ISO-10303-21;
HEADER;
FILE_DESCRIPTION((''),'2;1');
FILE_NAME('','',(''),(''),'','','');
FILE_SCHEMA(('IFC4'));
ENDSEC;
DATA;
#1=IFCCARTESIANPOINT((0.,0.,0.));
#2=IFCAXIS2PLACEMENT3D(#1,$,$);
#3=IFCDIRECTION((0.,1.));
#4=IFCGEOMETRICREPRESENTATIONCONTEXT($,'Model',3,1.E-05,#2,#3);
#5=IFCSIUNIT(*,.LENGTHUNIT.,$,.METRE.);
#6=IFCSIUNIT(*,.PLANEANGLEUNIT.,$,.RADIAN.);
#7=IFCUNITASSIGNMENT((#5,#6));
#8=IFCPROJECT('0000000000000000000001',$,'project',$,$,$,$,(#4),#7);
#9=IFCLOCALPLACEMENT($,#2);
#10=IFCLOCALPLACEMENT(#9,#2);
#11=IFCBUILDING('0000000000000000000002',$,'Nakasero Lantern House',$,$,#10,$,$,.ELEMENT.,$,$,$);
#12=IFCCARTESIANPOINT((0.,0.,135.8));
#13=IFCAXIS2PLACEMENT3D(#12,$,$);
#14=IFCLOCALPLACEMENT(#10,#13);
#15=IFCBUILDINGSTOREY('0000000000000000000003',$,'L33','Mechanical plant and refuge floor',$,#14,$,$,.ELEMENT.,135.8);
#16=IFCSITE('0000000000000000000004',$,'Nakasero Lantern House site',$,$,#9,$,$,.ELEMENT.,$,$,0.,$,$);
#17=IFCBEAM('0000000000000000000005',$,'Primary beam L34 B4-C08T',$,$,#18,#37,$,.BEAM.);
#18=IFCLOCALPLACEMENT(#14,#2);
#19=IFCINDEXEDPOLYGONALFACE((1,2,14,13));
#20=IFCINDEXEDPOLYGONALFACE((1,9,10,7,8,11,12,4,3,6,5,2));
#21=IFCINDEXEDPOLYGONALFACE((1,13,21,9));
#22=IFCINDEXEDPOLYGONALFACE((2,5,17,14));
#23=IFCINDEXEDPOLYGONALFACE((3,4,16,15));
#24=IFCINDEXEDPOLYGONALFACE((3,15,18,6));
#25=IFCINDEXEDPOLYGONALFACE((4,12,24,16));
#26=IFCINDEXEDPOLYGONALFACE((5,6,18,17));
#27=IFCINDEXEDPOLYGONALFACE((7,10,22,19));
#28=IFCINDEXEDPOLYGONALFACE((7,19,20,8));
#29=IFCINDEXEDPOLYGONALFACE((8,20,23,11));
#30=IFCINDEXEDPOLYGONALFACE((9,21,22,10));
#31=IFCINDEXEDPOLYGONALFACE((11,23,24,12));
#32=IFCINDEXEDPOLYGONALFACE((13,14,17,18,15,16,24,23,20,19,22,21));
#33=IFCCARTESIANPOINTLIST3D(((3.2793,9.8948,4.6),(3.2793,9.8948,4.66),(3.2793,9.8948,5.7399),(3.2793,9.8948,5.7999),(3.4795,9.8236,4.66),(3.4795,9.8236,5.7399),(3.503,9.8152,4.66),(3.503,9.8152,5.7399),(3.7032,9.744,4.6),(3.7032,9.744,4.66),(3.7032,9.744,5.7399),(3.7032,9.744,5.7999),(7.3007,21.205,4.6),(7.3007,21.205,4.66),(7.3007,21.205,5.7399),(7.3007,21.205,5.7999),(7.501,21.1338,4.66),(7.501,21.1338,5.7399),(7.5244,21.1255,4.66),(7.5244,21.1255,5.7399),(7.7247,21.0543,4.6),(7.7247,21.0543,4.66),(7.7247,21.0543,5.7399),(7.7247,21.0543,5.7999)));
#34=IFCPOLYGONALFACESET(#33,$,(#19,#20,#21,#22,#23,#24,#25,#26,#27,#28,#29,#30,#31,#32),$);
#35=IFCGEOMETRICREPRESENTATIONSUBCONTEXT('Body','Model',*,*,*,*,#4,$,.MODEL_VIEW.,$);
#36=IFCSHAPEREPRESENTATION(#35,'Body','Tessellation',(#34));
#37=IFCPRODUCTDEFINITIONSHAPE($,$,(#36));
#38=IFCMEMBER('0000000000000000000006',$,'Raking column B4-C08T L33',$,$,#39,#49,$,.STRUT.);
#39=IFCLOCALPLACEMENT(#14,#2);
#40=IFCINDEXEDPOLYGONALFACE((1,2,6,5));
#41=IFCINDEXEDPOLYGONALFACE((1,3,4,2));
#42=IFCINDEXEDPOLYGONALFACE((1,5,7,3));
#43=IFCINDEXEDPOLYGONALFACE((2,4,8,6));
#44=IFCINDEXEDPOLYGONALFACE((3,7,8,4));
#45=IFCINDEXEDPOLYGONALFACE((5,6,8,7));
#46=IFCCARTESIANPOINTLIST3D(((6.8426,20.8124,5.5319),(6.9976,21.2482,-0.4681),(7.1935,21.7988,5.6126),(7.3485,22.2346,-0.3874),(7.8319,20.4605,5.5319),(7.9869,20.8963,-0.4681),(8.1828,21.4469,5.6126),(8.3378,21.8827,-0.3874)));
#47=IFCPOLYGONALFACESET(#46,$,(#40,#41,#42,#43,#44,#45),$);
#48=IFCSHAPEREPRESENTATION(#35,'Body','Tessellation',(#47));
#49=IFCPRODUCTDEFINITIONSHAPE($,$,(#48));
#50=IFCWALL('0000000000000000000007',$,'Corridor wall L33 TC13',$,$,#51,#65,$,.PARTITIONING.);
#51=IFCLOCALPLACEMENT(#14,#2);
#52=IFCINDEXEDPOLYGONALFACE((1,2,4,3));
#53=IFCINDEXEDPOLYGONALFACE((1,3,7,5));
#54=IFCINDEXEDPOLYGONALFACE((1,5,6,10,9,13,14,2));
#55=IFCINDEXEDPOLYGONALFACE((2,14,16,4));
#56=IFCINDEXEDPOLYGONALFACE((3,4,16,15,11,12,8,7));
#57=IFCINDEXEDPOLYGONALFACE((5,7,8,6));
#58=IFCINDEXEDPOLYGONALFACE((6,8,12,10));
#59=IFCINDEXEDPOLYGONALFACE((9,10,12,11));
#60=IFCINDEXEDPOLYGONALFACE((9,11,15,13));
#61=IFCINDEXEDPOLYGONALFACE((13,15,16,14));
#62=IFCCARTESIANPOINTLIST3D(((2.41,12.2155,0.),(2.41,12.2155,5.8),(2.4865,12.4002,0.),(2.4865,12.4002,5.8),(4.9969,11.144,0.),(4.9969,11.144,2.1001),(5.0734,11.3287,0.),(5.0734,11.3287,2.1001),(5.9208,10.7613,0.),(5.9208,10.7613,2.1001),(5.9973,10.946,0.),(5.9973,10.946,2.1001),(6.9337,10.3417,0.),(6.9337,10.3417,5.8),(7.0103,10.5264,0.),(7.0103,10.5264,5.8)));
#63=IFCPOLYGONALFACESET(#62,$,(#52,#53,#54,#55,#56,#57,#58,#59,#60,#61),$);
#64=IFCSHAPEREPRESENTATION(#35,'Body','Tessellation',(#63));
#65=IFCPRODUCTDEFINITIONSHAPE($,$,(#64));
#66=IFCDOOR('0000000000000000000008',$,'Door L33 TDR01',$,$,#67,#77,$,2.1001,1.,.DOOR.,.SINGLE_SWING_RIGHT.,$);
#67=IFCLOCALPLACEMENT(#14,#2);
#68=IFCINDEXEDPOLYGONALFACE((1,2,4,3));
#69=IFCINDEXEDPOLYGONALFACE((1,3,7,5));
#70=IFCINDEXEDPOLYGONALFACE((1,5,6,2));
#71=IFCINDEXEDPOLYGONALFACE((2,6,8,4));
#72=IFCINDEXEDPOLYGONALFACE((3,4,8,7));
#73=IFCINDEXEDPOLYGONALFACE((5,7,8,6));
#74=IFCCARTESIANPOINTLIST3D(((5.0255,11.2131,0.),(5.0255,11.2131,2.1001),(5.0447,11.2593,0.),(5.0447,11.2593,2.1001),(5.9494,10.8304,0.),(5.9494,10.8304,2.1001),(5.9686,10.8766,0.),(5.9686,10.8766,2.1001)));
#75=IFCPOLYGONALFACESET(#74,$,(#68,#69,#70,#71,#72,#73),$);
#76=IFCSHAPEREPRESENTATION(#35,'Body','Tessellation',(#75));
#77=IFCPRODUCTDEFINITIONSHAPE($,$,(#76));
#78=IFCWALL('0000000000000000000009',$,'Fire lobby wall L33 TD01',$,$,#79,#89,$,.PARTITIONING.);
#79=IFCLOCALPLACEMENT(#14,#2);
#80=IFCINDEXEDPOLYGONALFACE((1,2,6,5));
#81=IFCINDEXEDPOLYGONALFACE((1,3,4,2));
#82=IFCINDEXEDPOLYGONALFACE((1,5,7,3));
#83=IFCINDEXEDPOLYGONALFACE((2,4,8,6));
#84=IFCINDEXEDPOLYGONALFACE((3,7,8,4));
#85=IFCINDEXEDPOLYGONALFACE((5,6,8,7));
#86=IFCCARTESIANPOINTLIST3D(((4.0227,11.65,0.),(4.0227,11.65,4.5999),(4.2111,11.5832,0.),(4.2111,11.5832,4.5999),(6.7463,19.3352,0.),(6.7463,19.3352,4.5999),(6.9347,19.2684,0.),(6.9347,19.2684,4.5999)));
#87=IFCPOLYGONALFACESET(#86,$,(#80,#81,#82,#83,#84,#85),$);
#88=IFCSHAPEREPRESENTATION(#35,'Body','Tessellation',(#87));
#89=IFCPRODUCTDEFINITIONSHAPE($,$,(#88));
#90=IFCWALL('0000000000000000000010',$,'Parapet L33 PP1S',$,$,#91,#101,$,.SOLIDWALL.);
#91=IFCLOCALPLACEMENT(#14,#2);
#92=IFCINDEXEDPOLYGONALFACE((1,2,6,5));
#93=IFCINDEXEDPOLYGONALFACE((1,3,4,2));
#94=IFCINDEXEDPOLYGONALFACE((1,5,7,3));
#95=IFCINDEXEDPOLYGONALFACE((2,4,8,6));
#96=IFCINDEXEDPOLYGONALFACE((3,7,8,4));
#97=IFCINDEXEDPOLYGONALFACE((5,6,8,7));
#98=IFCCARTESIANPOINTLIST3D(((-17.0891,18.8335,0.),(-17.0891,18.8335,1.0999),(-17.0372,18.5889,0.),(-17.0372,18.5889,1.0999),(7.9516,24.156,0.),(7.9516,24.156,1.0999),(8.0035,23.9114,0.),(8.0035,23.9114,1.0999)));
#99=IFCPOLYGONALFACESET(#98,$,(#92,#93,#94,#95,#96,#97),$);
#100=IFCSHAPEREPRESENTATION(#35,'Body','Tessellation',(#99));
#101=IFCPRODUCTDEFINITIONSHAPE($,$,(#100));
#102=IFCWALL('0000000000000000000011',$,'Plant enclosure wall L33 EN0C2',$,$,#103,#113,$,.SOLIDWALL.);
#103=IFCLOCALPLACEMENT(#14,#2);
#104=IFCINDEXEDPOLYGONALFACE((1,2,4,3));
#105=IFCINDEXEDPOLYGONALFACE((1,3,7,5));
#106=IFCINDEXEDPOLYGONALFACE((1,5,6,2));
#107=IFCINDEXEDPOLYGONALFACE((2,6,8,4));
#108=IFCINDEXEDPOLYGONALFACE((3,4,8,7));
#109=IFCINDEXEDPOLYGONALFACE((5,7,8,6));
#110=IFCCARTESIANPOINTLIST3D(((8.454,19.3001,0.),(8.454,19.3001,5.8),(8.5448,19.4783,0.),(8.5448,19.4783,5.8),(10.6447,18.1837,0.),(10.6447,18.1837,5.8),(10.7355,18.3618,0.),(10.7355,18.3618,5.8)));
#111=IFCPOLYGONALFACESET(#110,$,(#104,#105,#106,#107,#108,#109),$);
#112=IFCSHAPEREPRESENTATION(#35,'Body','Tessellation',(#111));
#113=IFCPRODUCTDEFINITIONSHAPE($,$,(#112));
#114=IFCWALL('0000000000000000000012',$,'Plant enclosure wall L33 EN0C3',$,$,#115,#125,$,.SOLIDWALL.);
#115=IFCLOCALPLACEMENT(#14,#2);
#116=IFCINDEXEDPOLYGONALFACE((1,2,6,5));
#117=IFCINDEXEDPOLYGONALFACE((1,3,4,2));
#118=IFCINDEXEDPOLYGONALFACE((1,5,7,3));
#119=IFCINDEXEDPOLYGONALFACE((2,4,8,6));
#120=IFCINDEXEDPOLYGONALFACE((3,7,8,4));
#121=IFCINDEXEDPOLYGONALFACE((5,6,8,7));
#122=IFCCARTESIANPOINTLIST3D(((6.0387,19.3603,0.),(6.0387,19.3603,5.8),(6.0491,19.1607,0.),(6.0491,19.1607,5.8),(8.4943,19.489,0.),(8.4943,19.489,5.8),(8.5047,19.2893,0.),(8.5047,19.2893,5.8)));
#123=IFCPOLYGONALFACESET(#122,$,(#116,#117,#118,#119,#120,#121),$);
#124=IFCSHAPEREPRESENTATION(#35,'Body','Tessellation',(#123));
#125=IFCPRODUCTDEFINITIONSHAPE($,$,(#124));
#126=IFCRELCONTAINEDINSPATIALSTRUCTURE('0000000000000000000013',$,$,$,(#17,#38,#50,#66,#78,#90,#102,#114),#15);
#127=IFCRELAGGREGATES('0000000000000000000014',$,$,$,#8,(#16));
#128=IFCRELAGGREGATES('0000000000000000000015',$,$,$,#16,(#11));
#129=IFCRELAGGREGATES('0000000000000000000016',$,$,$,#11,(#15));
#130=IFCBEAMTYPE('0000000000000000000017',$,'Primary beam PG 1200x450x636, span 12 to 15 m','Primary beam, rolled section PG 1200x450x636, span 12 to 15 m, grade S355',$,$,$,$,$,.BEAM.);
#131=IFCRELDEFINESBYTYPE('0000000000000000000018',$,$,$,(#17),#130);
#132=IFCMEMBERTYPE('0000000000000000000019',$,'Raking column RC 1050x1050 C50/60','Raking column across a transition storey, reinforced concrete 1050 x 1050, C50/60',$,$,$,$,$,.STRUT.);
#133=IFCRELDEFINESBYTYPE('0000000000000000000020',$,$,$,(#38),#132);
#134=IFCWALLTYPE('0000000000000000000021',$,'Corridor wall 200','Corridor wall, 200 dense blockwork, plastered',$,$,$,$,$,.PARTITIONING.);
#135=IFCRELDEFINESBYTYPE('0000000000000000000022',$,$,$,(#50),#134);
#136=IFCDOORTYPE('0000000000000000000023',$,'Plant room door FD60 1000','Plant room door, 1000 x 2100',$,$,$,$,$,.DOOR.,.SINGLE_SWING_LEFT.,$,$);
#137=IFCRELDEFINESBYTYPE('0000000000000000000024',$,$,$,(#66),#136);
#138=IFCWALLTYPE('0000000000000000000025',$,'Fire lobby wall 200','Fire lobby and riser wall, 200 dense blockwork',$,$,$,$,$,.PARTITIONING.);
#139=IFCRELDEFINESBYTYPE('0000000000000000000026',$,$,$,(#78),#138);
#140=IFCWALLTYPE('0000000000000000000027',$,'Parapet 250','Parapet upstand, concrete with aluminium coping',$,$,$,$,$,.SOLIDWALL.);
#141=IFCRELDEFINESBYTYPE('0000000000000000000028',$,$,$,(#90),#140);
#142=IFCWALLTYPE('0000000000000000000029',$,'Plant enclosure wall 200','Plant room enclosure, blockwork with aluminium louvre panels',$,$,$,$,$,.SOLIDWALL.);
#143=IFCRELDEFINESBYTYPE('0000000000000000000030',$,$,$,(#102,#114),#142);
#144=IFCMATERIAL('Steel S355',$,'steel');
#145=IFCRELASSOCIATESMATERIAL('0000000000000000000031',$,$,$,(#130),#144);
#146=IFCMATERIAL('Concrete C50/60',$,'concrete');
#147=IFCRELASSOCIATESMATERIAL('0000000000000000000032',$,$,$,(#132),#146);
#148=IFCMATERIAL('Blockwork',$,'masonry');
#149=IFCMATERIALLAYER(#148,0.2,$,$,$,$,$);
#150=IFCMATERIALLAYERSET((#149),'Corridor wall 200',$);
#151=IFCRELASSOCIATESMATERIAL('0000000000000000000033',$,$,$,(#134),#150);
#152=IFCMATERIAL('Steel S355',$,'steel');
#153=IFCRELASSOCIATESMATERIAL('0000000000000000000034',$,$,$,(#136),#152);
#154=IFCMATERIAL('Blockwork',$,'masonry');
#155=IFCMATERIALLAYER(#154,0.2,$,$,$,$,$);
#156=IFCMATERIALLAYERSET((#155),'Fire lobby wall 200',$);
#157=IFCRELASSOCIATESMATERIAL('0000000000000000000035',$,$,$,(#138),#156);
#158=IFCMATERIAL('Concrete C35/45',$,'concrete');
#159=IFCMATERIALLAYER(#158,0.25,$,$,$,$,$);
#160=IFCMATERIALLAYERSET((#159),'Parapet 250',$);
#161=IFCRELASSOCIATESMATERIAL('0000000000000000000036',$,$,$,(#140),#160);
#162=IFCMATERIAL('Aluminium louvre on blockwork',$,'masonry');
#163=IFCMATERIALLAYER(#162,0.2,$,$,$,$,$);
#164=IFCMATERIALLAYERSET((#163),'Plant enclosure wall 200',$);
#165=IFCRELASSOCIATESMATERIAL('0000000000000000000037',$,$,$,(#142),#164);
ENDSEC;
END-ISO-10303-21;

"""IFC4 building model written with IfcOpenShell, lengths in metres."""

from ifc_helpers import new_model, si_unit, direction, frame, frame_2d, origin, origin_2d, place, context, subcontext, project, spatial, rectangle, i_section, extrude, material, layer, layer_set, material_profile, profile_set, type_object, element, fill, save


model = new_model("IFC4")

# Units and contexts
model_context = context("Model", 3, precision=1e-05, world=origin(), true_north=direction((0.0, 1.0)))
body_context = subcontext(model_context, "Body", "Model", "MODEL_VIEW")
ifc_project = project(units=[si_unit("LENGTHUNIT", "METRE"), si_unit("PLANEANGLEUNIT", "RADIAN")], contexts=[model_context])

# Site, building, storey
site_placement = place(None, origin())
site = spatial("IfcSite", under=ifc_project, at=site_placement, Name="Nakasero Lantern House site", CompositionType="ELEMENT", RefElevation=0.0)
building_placement = place(site_placement, origin())
building = spatial("IfcBuilding", under=site, at=building_placement, Name="Nakasero Lantern House", CompositionType="ELEMENT")
storey_placement = place(building_placement, frame((0.0, 0.0, 135.8)))
storey = spatial("IfcBuildingStorey", under=building, at=storey_placement, Name="L33", Description="Mechanical plant and refuge floor", CompositionType="ELEMENT", Elevation=135.8)

# Beam
ifc_material_1 = material(Name="Steel S355", Category="steel")
ifc_material_profile_1 = material_profile(ifc_material_1, i_section(OverallWidth=0.45, OverallDepth=1.2, WebThickness=0.0249, FlangeThickness=0.0601, at=origin_2d()), Name="PG 1200x450x636")
ifc_profile_set_1 = profile_set([ifc_material_profile_1], Name="Steel S355")
beam_type_1 = type_object("IfcBeamType", Name="Primary beam PG 1200x450x636, span 12 to 15 m", Description="Primary beam, rolled section PG 1200x450x636, span 12 to 15 m, grade S355", PredefinedType="BEAM", material=ifc_profile_set_1)
beam_1_placement = place(storey_placement, frame((7.5127, 21.1296, 5.2), z_axis=(-0.335013, -0.942214, 0.0), x_axis=(0.942214, -0.335013, 0.0)))
element("IfcBeam", 1, at=beam_1_placement, inside=storey, type_object=beam_type_1, Name="Primary beam L34 B4-C08T", PredefinedType="BEAM", context=body_context, shape_type="SweptSolid", body=[
    extrude(i_section(OverallWidth=0.45, OverallDepth=1.2, WebThickness=0.0249, FlangeThickness=0.0601, at=origin_2d()), origin(), (0.0, 0.0, 1.0), 12.0039),
])

# Member
ifc_material_2 = material(Name="Concrete C50/60", Category="concrete")
ifc_material_profile_2 = material_profile(ifc_material_2, rectangle(XDim=1.05, YDim=1.05, at=origin_2d()), Name="RC 1050x1050")
ifc_profile_set_2 = profile_set([ifc_material_profile_2], Name="Concrete C50/60")
member_type_1 = type_object("IfcMemberType", Name="Raking column RC 1050x1050 C50/60", Description="Raking column across a transition storey, reinforced concrete 1050 x 1050, C50/60", PredefinedType="STRUT", material=ifc_profile_set_2)
member_1_placement = place(storey_placement, frame((7.6677, 21.5654, -0.4277), z_axis=(-0.025762, -0.072417, 0.997042), x_axis=(0.942159, -0.335166, 0.0)))
element("IfcMember", 2, at=member_1_placement, inside=storey, type_object=member_type_1, Name="Raking column B4-C08T L33", PredefinedType="STRUT", context=body_context, shape_type="SweptSolid", body=[
    extrude(rectangle(XDim=1.05, YDim=1.05, at=origin_2d()), origin(), (0.0, 0.0, 1.0), 6.0178),
])

# Wall, opening, door
ifc_material_3 = material(Name="Blockwork", Category="masonry")
ifc_layer_1 = layer(ifc_material_3, 0.2)
ifc_layer_set_1 = layer_set([ifc_layer_1], Name="Corridor wall 200")
wall_type_1 = type_object("IfcWallType", Name="Corridor wall 200", Description="Corridor wall, 200 dense blockwork, plastered", PredefinedType="PARTITIONING", material=ifc_layer_set_1)
wall_1_placement = place(storey_placement, frame((2.4482, 12.3079, 0.0), z_axis=(0.0, 0.0, 1.0), x_axis=(0.923879, -0.382685, 0.0)))
wall_1 = element("IfcWall", 3, at=wall_1_placement, inside=storey, type_object=wall_type_1, Name="Corridor wall L33 TC13", PredefinedType="PARTITIONING", context=body_context, shape_type="SweptSolid", body=[
    extrude(rectangle(XDim=4.8965, YDim=0.2, at=frame_2d((2.4482, 0.0))), origin(), (0.0, 0.0, 1.0), 5.8),
])
opening_1_placement = place(wall_1_placement, frame((2.8, 0.0, 0.0)))
opening_1 = element("IfcOpeningElement", 4, at=opening_1_placement, cuts=wall_1, PredefinedType="OPENING", context=body_context, shape_type="SweptSolid", body=[
    extrude(rectangle(XDim=1.0, YDim=2.1001, at=frame_2d((0.5, 1.05))), frame((0.0, 0.1199, 0.0), z_axis=(0.0, -1.0, 0.0), x_axis=(1.0, 0.0, 0.0)), (0.0, 0.0, 1.0), 0.24),
])
ifc_material_4 = material(Name="Steel S355", Category="steel")
door_type_1 = type_object("IfcDoorType", Name="Plant room door FD60 1000", Description="Plant room door, 1000 x 2100", OperationType="SINGLE_SWING_LEFT", PredefinedType="DOOR", material=ifc_material_4)
door_1_placement = place(opening_1_placement, origin())
door_1 = element("IfcDoor", 5, at=door_1_placement, inside=storey, type_object=door_type_1, Name="Door L33 TDR01", OperationType="SINGLE_SWING_RIGHT", OverallHeight=2.1001, OverallWidth=1.0, PredefinedType="DOOR", context=body_context, shape_type="SweptSolid", body=[
    extrude(rectangle(XDim=1.0, YDim=2.1001, at=frame_2d((0.5, 1.05))), frame((0.0, 0.0249, 0.0), z_axis=(0.0, -1.0, 0.0), x_axis=(1.0, 0.0, 0.0)), (0.0, 0.0, 1.0), 0.05),
])
fill(opening_1, door_1)

# Walls
ifc_material_5 = material(Name="Blockwork", Category="masonry")
ifc_layer_2 = layer(ifc_material_5, 0.2)
ifc_layer_set_2 = layer_set([ifc_layer_2], Name="Fire lobby wall 200")
wall_type_2 = type_object("IfcWallType", Name="Fire lobby wall 200", Description="Fire lobby and riser wall, 200 dense blockwork", PredefinedType="PARTITIONING", material=ifc_layer_set_2)
wall_2_placement = place(storey_placement, frame((4.1169, 11.6167, 0.0), z_axis=(0.0, 0.0, 1.0), x_axis=(0.334038, 0.942559, 0.0)))
element("IfcWall", 6, at=wall_2_placement, inside=storey, type_object=wall_type_2, Name="Fire lobby wall L33 TD01", PredefinedType="PARTITIONING", context=body_context, shape_type="SweptSolid", body=[
    extrude(rectangle(XDim=8.1536, YDim=0.2, at=frame_2d((4.0767, 0.0))), origin(), (0.0, 0.0, 1.0), 4.5999),
])
ifc_material_6 = material(Name="Concrete C35/45", Category="concrete")
ifc_layer_3 = layer(ifc_material_6, 0.25)
ifc_layer_set_3 = layer_set([ifc_layer_3], Name="Parapet 250")
wall_type_3 = type_object("IfcWallType", Name="Parapet 250", Description="Parapet upstand, concrete with aluminium coping", PredefinedType="SOLIDWALL", material=ifc_layer_set_3)
wall_3_placement = place(storey_placement, frame((7.9775, 24.0337, 0.0), z_axis=(0.0, 0.0, 1.0), x_axis=(-0.978148, -0.207909, 0.0)))
element("IfcWall", 7, at=wall_3_placement, inside=storey, type_object=wall_type_3, Name="Parapet L33 PP1S", PredefinedType="SOLIDWALL", context=body_context, shape_type="SweptSolid", body=[
    extrude(rectangle(XDim=25.6001, YDim=0.25, at=frame_2d((12.8, 0.0))), origin(), (0.0, 0.0, 1.0), 1.0999),
])
ifc_material_7 = material(Name="Aluminium louvre on blockwork", Category="masonry")
ifc_layer_4 = layer(ifc_material_7, 0.2)
ifc_layer_set_4 = layer_set([ifc_layer_4], Name="Plant enclosure wall 200")
wall_type_4 = type_object("IfcWallType", Name="Plant enclosure wall 200", Description="Plant room enclosure, blockwork with aluminium louvre panels", PredefinedType="SOLIDWALL", material=ifc_layer_set_4)
wall_4_placement = place(storey_placement, frame((10.6902, 18.2727, 0.0), z_axis=(0.0, 0.0, 1.0), x_axis=(-0.890965, 0.454072, 0.0)))
element("IfcWall", 8, at=wall_4_placement, inside=storey, type_object=wall_type_4, Name="Plant enclosure wall L33 EN0C2", PredefinedType="SOLIDWALL", context=body_context, shape_type="SweptSolid", body=[
    extrude(rectangle(XDim=2.4587, YDim=0.2, at=frame_2d((1.2295, 0.0))), origin(), (0.0, 0.0, 1.0), 5.8),
])
wall_5_placement = place(storey_placement, frame((8.4995, 19.3892, 0.0), z_axis=(0.0, 0.0, 1.0), x_axis=(-0.99863, -0.052324, 0.0)))
element("IfcWall", 9, at=wall_5_placement, inside=storey, type_object=wall_type_4, Name="Plant enclosure wall L33 EN0C3", PredefinedType="SOLIDWALL", context=body_context, shape_type="SweptSolid", body=[
    extrude(rectangle(XDim=2.459, YDim=0.2, at=frame_2d((1.2295, 0.0))), origin(), (0.0, 0.0, 1.0), 5.8),
])

save(model, "model.ifc")
